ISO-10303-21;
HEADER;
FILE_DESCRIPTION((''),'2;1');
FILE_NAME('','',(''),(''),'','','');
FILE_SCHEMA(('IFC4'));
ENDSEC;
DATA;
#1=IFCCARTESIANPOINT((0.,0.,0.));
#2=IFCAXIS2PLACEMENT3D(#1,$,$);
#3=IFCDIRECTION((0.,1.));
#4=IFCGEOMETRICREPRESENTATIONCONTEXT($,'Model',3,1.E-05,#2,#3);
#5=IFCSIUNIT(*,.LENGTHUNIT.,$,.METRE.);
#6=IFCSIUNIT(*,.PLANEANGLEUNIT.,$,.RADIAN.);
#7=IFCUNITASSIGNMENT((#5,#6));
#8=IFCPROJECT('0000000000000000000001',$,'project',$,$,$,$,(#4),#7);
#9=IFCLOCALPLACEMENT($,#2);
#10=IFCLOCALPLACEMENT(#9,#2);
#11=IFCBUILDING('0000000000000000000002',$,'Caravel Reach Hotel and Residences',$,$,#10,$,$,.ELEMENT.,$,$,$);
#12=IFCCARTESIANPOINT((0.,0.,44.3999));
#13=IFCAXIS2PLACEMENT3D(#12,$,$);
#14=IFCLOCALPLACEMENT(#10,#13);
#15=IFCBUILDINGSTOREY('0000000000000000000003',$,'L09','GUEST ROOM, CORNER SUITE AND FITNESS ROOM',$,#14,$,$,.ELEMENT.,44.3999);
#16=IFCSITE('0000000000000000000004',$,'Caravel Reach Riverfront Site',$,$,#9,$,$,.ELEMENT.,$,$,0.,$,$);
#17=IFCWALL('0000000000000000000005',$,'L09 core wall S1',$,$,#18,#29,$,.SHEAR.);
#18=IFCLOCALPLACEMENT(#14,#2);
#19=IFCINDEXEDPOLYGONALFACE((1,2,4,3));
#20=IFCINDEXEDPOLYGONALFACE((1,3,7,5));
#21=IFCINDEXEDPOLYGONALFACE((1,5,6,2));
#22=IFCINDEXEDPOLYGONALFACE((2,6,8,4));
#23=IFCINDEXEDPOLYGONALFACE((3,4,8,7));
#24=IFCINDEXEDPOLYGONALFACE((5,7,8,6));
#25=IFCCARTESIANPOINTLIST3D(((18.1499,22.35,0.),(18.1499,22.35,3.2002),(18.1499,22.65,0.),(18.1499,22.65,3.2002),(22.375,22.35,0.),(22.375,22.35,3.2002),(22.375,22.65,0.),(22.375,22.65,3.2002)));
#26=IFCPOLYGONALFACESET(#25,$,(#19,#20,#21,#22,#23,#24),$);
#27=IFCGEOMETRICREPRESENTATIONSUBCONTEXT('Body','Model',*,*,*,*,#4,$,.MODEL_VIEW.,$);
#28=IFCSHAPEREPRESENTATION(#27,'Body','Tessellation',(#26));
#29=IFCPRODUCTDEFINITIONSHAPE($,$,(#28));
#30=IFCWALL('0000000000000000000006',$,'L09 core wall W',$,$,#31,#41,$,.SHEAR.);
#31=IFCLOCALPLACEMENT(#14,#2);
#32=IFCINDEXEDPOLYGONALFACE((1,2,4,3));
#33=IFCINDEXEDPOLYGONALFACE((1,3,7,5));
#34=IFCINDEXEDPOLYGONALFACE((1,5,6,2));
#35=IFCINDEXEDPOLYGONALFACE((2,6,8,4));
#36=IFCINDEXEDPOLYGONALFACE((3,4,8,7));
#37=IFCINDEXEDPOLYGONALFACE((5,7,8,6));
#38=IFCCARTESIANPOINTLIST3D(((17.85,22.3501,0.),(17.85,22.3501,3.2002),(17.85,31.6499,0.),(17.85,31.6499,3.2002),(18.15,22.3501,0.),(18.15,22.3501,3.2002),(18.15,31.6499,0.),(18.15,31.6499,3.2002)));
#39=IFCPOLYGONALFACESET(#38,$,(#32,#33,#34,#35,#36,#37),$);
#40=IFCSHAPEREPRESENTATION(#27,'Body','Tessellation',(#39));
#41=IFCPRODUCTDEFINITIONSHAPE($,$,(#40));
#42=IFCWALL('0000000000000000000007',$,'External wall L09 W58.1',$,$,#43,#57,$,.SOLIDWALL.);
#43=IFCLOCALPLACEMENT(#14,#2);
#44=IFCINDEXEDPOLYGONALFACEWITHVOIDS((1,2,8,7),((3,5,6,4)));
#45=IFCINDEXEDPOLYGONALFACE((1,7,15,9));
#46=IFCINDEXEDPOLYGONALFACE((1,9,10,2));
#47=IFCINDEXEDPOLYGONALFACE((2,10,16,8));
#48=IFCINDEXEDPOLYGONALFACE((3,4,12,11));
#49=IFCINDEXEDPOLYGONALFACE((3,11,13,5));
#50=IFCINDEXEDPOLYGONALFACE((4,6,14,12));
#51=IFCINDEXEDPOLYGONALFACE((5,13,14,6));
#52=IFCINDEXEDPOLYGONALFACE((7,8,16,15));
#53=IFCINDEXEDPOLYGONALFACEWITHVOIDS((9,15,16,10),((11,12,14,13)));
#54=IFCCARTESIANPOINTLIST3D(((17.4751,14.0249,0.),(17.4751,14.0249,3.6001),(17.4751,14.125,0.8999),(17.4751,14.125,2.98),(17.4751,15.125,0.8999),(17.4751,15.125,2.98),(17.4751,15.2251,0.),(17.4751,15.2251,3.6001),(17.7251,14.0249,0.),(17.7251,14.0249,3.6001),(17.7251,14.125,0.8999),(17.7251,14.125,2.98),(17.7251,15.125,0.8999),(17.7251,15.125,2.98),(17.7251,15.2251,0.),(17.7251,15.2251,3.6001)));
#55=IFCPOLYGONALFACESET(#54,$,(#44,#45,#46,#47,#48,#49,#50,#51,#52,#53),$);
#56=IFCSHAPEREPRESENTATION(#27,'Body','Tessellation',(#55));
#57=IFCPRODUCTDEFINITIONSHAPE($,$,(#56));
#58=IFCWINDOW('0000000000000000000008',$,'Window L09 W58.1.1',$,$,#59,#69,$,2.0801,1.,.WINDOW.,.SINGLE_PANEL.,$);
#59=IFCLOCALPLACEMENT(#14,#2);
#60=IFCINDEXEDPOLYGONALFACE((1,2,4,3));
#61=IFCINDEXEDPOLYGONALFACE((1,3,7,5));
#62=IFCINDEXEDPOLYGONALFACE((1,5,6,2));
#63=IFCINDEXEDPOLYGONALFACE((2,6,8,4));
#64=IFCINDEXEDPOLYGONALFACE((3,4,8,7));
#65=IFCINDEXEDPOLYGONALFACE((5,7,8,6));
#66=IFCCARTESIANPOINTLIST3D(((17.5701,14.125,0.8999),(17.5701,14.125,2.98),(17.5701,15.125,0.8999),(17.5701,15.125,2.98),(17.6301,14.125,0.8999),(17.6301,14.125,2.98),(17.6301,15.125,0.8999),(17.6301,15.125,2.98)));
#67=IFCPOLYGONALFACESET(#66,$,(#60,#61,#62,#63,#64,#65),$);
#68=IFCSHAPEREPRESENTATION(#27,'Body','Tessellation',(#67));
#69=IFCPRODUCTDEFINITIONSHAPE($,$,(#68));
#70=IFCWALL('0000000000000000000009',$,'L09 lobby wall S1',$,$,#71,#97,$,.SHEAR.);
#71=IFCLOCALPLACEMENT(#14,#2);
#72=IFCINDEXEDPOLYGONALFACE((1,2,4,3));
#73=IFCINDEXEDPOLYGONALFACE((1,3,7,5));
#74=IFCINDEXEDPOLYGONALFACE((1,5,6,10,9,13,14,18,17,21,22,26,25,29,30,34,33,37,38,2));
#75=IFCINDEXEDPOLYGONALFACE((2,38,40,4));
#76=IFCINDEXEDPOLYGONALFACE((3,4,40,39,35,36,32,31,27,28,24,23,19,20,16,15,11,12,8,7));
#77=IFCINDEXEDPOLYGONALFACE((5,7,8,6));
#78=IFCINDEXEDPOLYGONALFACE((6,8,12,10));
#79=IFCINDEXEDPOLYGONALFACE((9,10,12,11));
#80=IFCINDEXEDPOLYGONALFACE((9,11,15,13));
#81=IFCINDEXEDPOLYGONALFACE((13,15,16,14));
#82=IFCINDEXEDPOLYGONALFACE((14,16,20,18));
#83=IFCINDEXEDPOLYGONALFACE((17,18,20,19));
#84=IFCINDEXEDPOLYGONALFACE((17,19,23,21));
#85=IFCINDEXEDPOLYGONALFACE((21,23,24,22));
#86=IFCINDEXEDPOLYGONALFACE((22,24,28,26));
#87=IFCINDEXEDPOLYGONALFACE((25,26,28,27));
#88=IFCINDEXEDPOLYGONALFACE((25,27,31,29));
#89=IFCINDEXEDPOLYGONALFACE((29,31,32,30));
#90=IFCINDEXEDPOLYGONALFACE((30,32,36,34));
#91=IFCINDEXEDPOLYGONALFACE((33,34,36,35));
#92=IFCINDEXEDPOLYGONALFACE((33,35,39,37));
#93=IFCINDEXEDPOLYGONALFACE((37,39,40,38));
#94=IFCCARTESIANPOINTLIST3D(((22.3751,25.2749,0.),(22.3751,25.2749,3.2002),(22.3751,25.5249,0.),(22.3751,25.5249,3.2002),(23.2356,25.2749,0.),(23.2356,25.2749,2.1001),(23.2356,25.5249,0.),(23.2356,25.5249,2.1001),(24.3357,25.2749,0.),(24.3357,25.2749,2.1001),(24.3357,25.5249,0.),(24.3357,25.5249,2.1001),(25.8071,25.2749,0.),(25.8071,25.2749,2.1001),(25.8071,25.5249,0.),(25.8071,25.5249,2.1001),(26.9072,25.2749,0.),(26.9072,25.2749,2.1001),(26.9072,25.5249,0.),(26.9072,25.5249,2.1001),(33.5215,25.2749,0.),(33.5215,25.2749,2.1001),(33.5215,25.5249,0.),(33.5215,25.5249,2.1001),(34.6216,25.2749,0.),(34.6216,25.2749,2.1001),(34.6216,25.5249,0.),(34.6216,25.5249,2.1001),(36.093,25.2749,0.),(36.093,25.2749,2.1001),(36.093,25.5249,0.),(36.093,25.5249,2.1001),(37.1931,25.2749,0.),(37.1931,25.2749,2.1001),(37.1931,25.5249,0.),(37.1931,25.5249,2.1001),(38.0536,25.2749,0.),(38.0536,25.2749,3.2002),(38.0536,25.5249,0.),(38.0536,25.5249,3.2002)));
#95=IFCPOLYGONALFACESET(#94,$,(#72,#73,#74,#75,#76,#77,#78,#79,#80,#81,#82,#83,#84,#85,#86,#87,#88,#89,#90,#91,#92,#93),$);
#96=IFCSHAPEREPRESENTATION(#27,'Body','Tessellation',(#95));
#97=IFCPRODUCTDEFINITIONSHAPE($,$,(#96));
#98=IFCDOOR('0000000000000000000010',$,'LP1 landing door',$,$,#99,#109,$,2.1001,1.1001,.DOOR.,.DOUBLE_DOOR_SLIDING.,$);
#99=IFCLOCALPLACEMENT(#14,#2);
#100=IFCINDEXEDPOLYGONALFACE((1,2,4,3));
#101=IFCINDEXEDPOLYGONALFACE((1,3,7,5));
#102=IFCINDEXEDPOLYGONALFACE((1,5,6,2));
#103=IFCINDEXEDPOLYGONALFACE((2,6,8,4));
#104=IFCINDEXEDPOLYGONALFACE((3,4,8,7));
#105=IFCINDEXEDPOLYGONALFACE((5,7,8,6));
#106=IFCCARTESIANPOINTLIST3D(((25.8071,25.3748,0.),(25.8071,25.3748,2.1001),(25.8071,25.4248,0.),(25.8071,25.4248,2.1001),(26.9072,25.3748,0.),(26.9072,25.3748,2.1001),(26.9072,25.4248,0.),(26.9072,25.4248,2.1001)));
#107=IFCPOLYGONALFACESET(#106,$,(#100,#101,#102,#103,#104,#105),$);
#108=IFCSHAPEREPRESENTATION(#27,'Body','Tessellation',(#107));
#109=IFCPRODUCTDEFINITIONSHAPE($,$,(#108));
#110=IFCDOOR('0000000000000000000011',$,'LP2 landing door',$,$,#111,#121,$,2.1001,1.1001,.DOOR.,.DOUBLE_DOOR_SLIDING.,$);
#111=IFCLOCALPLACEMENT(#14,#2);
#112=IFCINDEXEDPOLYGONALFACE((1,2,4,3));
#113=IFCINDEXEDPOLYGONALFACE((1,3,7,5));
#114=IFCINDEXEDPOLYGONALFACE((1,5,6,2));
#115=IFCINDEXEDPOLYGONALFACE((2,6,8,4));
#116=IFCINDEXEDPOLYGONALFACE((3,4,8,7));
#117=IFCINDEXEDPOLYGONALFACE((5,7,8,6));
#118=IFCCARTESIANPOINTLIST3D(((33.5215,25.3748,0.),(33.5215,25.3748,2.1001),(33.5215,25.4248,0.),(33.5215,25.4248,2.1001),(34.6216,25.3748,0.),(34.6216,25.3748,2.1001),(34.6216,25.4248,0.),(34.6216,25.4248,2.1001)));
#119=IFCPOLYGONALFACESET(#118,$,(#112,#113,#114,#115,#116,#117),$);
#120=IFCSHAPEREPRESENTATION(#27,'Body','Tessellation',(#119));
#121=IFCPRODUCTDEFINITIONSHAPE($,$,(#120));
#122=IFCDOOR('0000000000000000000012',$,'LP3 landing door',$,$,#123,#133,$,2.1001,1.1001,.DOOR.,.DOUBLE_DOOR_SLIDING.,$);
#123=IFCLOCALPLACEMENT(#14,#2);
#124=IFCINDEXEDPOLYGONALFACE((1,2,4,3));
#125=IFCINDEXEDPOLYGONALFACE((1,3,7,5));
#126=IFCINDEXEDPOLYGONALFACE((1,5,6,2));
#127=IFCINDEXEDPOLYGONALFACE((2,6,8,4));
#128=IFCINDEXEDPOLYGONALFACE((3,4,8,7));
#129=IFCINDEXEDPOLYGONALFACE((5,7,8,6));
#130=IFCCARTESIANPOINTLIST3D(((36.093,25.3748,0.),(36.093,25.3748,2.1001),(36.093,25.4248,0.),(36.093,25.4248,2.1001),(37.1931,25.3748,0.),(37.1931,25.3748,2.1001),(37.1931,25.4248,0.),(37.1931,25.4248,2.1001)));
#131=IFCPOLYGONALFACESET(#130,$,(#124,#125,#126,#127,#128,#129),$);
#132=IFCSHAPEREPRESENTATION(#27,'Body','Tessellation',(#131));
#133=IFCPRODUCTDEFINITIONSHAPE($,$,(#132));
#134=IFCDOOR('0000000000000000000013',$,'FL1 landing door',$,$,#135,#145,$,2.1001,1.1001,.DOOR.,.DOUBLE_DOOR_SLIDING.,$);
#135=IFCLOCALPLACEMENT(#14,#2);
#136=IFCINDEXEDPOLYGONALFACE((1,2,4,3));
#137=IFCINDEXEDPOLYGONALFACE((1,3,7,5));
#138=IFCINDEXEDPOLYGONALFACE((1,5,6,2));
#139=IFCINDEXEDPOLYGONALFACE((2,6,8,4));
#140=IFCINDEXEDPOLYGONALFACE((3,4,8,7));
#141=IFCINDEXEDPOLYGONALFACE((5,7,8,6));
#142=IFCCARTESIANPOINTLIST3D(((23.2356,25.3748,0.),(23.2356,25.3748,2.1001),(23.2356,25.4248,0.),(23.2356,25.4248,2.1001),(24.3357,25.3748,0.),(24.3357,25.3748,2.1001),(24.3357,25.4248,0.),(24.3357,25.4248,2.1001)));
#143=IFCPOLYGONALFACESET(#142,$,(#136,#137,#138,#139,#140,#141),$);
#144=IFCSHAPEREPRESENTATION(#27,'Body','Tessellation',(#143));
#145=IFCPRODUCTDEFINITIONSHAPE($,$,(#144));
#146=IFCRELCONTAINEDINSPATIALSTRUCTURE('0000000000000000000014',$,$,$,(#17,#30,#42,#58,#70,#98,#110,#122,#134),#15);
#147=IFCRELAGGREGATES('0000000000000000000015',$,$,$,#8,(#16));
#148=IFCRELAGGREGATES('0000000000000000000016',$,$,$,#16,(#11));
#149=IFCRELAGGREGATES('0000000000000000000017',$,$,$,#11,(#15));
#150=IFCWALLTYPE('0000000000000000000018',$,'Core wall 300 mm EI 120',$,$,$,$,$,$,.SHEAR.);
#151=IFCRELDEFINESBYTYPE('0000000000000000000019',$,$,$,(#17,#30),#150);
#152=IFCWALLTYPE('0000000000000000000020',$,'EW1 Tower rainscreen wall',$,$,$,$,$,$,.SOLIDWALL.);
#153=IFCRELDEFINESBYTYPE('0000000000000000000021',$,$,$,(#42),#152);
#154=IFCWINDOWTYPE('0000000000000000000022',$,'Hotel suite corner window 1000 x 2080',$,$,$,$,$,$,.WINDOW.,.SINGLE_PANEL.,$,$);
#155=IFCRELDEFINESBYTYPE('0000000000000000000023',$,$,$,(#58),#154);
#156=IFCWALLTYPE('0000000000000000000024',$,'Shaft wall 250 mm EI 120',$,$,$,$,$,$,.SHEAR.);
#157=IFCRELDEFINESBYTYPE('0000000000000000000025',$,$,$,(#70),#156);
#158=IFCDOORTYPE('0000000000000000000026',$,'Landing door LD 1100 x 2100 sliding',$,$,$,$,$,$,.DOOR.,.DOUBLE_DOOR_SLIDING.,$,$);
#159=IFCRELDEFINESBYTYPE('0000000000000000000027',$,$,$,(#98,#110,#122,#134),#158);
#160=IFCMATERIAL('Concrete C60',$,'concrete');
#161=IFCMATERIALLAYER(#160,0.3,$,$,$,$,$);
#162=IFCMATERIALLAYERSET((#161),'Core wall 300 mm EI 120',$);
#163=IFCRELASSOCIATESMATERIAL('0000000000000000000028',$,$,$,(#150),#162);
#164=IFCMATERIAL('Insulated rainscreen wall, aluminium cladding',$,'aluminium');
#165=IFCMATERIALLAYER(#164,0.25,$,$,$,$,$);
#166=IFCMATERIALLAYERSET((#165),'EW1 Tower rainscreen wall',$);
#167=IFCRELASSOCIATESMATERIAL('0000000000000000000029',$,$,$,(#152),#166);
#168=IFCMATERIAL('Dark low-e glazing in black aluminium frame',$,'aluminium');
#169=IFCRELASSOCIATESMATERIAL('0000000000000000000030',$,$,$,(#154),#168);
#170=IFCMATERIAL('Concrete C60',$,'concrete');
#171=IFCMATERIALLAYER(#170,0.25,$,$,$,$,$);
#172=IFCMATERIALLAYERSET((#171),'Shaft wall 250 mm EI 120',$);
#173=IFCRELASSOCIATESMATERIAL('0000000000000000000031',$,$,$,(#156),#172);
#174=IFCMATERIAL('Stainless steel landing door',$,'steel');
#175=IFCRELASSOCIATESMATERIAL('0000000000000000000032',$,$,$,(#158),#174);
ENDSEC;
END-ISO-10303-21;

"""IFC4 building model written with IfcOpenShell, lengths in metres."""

from ifc_helpers import new_model, si_unit, direction, frame, frame_2d, origin, place, context, subcontext, project, spatial, rectangle, extrude, material, layer, layer_set, type_object, element, fill, save


model = new_model("IFC4")

# Units and contexts
model_context = context("Model", 3, precision=1e-05, world=origin(), true_north=direction((0.0, 1.0)))
body_context = subcontext(model_context, "Body", "Model", "MODEL_VIEW")
ifc_project = project(units=[si_unit("LENGTHUNIT", "METRE"), si_unit("PLANEANGLEUNIT", "RADIAN")], contexts=[model_context])

# Site, building, storey
site_placement = place(None, origin())
site = spatial("IfcSite", under=ifc_project, at=site_placement, Name="Caravel Reach Riverfront Site", CompositionType="ELEMENT", RefElevation=0.0)
building_placement = place(site_placement, origin())
building = spatial("IfcBuilding", under=site, at=building_placement, Name="Caravel Reach Hotel and Residences", CompositionType="ELEMENT")
storey_placement = place(building_placement, frame((0.0, 0.0, 44.3999)))
storey = spatial("IfcBuildingStorey", under=building, at=storey_placement, Name="L09", Description="GUEST ROOM, CORNER SUITE AND FITNESS ROOM", CompositionType="ELEMENT", Elevation=44.3999)

# Walls
ifc_material_1 = material(Name="Concrete C60", Category="concrete")
ifc_layer_1 = layer(ifc_material_1, 0.3)
ifc_layer_set_1 = layer_set([ifc_layer_1], Name="Core wall 300 mm EI 120")
wall_type_1 = type_object("IfcWallType", Name="Core wall 300 mm EI 120", PredefinedType="SHEAR", material=ifc_layer_set_1)
wall_1_placement = place(storey_placement, frame((18.1499, 22.5, 0.0), z_axis=(0.0, 0.0, 1.0), x_axis=(1.0, 0.0, 0.0)))
element("IfcWall", 1, at=wall_1_placement, inside=storey, type_object=wall_type_1, Name="L09 core wall S1", PredefinedType="SHEAR", context=body_context, shape_type="SweptSolid", body=[
    extrude(rectangle(XDim=4.2251, YDim=0.3, at=frame_2d((2.1125, 0.0))), origin(), (0.0, 0.0, 1.0), 3.2002),
])
wall_2_placement = place(storey_placement, frame((18.0, 22.3501, 0.0), z_axis=(0.0, 0.0, 1.0), x_axis=(0.0, 1.0, 0.0)))
element("IfcWall", 2, at=wall_2_placement, inside=storey, type_object=wall_type_1, Name="L09 core wall W", PredefinedType="SHEAR", context=body_context, shape_type="SweptSolid", body=[
    extrude(rectangle(XDim=9.2998, YDim=0.3, at=frame_2d((4.6499, 0.0))), origin(), (0.0, 0.0, 1.0), 3.2002),
])

# Wall, opening, window
ifc_material_2 = material(Name="Insulated rainscreen wall, aluminium cladding", Category="aluminium")
ifc_layer_2 = layer(ifc_material_2, 0.25)
ifc_layer_set_2 = layer_set([ifc_layer_2], Name="EW1 Tower rainscreen wall")
wall_type_2 = type_object("IfcWallType", Name="EW1 Tower rainscreen wall", PredefinedType="SOLIDWALL", material=ifc_layer_set_2)
wall_3_placement = place(storey_placement, frame((17.6001, 15.2251, 0.0), z_axis=(0.0, 0.0, 1.0), x_axis=(0.0, -1.0, 0.0)))
wall_3 = element("IfcWall", 3, at=wall_3_placement, inside=storey, type_object=wall_type_2, Name="External wall L09 W58.1", PredefinedType="SOLIDWALL", context=body_context, shape_type="SweptSolid", body=[
    extrude(rectangle(XDim=1.2002, YDim=0.25, at=frame_2d((0.6001, 0.0))), origin(), (0.0, 0.0, 1.0), 3.6001),
])
opening_1_placement = place(wall_3_placement, frame((0.1001, 0.0, 0.8999)))
opening_1 = element("IfcOpeningElement", 4, at=opening_1_placement, cuts=wall_3, PredefinedType="OPENING", context=body_context, shape_type="SweptSolid", body=[
    extrude(rectangle(XDim=1.0, YDim=2.0801, at=frame_2d((0.5, 1.04))), frame((0.0, 0.135, 0.0), z_axis=(0.0, -1.0, 0.0), x_axis=(1.0, 0.0, 0.0)), (0.0, 0.0, 1.0), 0.27),
])
ifc_material_3 = material(Name="Dark low-e glazing in black aluminium frame", Category="aluminium")
window_type = type_object("IfcWindowType", Name="Hotel suite corner window 1000 x 2080", PartitioningType="SINGLE_PANEL", PredefinedType="WINDOW", material=ifc_material_3)
window_placement = place(opening_1_placement, origin())
window = element("IfcWindow", 5, at=window_placement, inside=storey, type_object=window_type, Name="Window L09 W58.1.1", OverallHeight=2.0801, OverallWidth=1.0, PartitioningType="SINGLE_PANEL", PredefinedType="WINDOW", context=body_context, shape_type="SweptSolid", body=[
    extrude(rectangle(XDim=1.0, YDim=2.0801, at=frame_2d((0.5, 1.04))), frame((0.0, 0.03, 0.0), z_axis=(0.0, -1.0, 0.0), x_axis=(1.0, 0.0, 0.0)), (0.0, 0.0, 1.0), 0.0601),
])
fill(opening_1, window)

# Wall, openings, doors
ifc_material_4 = material(Name="Concrete C60", Category="concrete")
ifc_layer_3 = layer(ifc_material_4, 0.25)
ifc_layer_set_3 = layer_set([ifc_layer_3], Name="Shaft wall 250 mm EI 120")
wall_type_3 = type_object("IfcWallType", Name="Shaft wall 250 mm EI 120", PredefinedType="SHEAR", material=ifc_layer_set_3)
wall_4_placement = place(storey_placement, frame((22.375, 25.3999, 0.0), z_axis=(0.0, 0.0, 1.0), x_axis=(1.0, 0.0, 0.0)))
wall_4 = element("IfcWall", 6, at=wall_4_placement, inside=storey, type_object=wall_type_3, Name="L09 lobby wall S1", PredefinedType="SHEAR", context=body_context, shape_type="SweptSolid", body=[
    extrude(rectangle(XDim=15.6785, YDim=0.25, at=frame_2d((7.8394, 0.0))), origin(), (0.0, 0.0, 1.0), 3.2002),
])
opening_2_placement = place(wall_4_placement, frame((3.4321, 0.0, 0.0)))
opening_2 = element("IfcOpeningElement", 7, at=opening_2_placement, cuts=wall_4, PredefinedType="OPENING", context=body_context, shape_type="SweptSolid", body=[
    extrude(rectangle(XDim=1.1001, YDim=2.1001, at=frame_2d((0.55, 1.05))), frame((0.0, 0.135, 0.0), z_axis=(0.0, -1.0, 0.0), x_axis=(1.0, 0.0, 0.0)), (0.0, 0.0, 1.0), 0.27),
])
opening_3_placement = place(wall_4_placement, frame((11.1465, 0.0, 0.0)))
opening_3 = element("IfcOpeningElement", 8, at=opening_3_placement, cuts=wall_4, PredefinedType="OPENING", context=body_context, shape_type="SweptSolid", body=[
    extrude(rectangle(XDim=1.1001, YDim=2.1001, at=frame_2d((0.55, 1.05))), frame((0.0, 0.135, 0.0), z_axis=(0.0, -1.0, 0.0), x_axis=(1.0, 0.0, 0.0)), (0.0, 0.0, 1.0), 0.27),
])
opening_4_placement = place(wall_4_placement, frame((13.718, 0.0, 0.0)))
opening_4 = element("IfcOpeningElement", 9, at=opening_4_placement, cuts=wall_4, PredefinedType="OPENING", context=body_context, shape_type="SweptSolid", body=[
    extrude(rectangle(XDim=1.1001, YDim=2.1001, at=frame_2d((0.55, 1.05))), frame((0.0, 0.135, 0.0), z_axis=(0.0, -1.0, 0.0), x_axis=(1.0, 0.0, 0.0)), (0.0, 0.0, 1.0), 0.27),
])
opening_5_placement = place(wall_4_placement, frame((0.8606, 0.0, 0.0)))
opening_5 = element("IfcOpeningElement", 10, at=opening_5_placement, cuts=wall_4, PredefinedType="OPENING", context=body_context, shape_type="SweptSolid", body=[
    extrude(rectangle(XDim=1.1001, YDim=2.1001, at=frame_2d((0.55, 1.05))), frame((0.0, 0.135, 0.0), z_axis=(0.0, -1.0, 0.0), x_axis=(1.0, 0.0, 0.0)), (0.0, 0.0, 1.0), 0.27),
])
ifc_material_5 = material(Name="Stainless steel landing door", Category="steel")
door_type_1 = type_object("IfcDoorType", Name="Landing door LD 1100 x 2100 sliding", OperationType="DOUBLE_DOOR_SLIDING", PredefinedType="DOOR", material=ifc_material_5)
door_1_placement = place(opening_2_placement, origin())
door_1 = element("IfcDoor", 11, at=door_1_placement, inside=storey, type_object=door_type_1, Name="LP1 landing door", OperationType="DOUBLE_DOOR_SLIDING", OverallHeight=2.1001, OverallWidth=1.1001, PredefinedType="DOOR", context=body_context, shape_type="SweptSolid", body=[
    extrude(rectangle(XDim=1.1001, YDim=2.1001, at=frame_2d((0.55, 1.05))), frame((0.0, 0.0249, 0.0), z_axis=(0.0, -1.0, 0.0), x_axis=(1.0, 0.0, 0.0)), (0.0, 0.0, 1.0), 0.05),
])
fill(opening_2, door_1)
door_2_placement = place(opening_3_placement, origin())
door_2 = element("IfcDoor", 12, at=door_2_placement, inside=storey, type_object=door_type_1, Name="LP2 landing door", OperationType="DOUBLE_DOOR_SLIDING", OverallHeight=2.1001, OverallWidth=1.1001, PredefinedType="DOOR", context=body_context, shape_type="SweptSolid", body=[
    extrude(rectangle(XDim=1.1001, YDim=2.1001, at=frame_2d((0.55, 1.05))), frame((0.0, 0.0249, 0.0), z_axis=(0.0, -1.0, 0.0), x_axis=(1.0, 0.0, 0.0)), (0.0, 0.0, 1.0), 0.05),
])
fill(opening_3, door_2)
door_3_placement = place(opening_4_placement, origin())
door_3 = element("IfcDoor", 13, at=door_3_placement, inside=storey, type_object=door_type_1, Name="LP3 landing door", OperationType="DOUBLE_DOOR_SLIDING", OverallHeight=2.1001, OverallWidth=1.1001, PredefinedType="DOOR", context=body_context, shape_type="SweptSolid", body=[
    extrude(rectangle(XDim=1.1001, YDim=2.1001, at=frame_2d((0.55, 1.05))), frame((0.0, 0.0249, 0.0), z_axis=(0.0, -1.0, 0.0), x_axis=(1.0, 0.0, 0.0)), (0.0, 0.0, 1.0), 0.05),
])
fill(opening_4, door_3)
door_4_placement = place(opening_5_placement, origin())
door_4 = element("IfcDoor", 14, at=door_4_placement, inside=storey, type_object=door_type_1, Name="FL1 landing door", OperationType="DOUBLE_DOOR_SLIDING", OverallHeight=2.1001, OverallWidth=1.1001, PredefinedType="DOOR", context=body_context, shape_type="SweptSolid", body=[
    extrude(rectangle(XDim=1.1001, YDim=2.1001, at=frame_2d((0.55, 1.05))), frame((0.0, 0.0249, 0.0), z_axis=(0.0, -1.0, 0.0), x_axis=(1.0, 0.0, 0.0)), (0.0, 0.0, 1.0), 0.05),
])
fill(opening_5, door_4)

save(model, "model.ifc")
